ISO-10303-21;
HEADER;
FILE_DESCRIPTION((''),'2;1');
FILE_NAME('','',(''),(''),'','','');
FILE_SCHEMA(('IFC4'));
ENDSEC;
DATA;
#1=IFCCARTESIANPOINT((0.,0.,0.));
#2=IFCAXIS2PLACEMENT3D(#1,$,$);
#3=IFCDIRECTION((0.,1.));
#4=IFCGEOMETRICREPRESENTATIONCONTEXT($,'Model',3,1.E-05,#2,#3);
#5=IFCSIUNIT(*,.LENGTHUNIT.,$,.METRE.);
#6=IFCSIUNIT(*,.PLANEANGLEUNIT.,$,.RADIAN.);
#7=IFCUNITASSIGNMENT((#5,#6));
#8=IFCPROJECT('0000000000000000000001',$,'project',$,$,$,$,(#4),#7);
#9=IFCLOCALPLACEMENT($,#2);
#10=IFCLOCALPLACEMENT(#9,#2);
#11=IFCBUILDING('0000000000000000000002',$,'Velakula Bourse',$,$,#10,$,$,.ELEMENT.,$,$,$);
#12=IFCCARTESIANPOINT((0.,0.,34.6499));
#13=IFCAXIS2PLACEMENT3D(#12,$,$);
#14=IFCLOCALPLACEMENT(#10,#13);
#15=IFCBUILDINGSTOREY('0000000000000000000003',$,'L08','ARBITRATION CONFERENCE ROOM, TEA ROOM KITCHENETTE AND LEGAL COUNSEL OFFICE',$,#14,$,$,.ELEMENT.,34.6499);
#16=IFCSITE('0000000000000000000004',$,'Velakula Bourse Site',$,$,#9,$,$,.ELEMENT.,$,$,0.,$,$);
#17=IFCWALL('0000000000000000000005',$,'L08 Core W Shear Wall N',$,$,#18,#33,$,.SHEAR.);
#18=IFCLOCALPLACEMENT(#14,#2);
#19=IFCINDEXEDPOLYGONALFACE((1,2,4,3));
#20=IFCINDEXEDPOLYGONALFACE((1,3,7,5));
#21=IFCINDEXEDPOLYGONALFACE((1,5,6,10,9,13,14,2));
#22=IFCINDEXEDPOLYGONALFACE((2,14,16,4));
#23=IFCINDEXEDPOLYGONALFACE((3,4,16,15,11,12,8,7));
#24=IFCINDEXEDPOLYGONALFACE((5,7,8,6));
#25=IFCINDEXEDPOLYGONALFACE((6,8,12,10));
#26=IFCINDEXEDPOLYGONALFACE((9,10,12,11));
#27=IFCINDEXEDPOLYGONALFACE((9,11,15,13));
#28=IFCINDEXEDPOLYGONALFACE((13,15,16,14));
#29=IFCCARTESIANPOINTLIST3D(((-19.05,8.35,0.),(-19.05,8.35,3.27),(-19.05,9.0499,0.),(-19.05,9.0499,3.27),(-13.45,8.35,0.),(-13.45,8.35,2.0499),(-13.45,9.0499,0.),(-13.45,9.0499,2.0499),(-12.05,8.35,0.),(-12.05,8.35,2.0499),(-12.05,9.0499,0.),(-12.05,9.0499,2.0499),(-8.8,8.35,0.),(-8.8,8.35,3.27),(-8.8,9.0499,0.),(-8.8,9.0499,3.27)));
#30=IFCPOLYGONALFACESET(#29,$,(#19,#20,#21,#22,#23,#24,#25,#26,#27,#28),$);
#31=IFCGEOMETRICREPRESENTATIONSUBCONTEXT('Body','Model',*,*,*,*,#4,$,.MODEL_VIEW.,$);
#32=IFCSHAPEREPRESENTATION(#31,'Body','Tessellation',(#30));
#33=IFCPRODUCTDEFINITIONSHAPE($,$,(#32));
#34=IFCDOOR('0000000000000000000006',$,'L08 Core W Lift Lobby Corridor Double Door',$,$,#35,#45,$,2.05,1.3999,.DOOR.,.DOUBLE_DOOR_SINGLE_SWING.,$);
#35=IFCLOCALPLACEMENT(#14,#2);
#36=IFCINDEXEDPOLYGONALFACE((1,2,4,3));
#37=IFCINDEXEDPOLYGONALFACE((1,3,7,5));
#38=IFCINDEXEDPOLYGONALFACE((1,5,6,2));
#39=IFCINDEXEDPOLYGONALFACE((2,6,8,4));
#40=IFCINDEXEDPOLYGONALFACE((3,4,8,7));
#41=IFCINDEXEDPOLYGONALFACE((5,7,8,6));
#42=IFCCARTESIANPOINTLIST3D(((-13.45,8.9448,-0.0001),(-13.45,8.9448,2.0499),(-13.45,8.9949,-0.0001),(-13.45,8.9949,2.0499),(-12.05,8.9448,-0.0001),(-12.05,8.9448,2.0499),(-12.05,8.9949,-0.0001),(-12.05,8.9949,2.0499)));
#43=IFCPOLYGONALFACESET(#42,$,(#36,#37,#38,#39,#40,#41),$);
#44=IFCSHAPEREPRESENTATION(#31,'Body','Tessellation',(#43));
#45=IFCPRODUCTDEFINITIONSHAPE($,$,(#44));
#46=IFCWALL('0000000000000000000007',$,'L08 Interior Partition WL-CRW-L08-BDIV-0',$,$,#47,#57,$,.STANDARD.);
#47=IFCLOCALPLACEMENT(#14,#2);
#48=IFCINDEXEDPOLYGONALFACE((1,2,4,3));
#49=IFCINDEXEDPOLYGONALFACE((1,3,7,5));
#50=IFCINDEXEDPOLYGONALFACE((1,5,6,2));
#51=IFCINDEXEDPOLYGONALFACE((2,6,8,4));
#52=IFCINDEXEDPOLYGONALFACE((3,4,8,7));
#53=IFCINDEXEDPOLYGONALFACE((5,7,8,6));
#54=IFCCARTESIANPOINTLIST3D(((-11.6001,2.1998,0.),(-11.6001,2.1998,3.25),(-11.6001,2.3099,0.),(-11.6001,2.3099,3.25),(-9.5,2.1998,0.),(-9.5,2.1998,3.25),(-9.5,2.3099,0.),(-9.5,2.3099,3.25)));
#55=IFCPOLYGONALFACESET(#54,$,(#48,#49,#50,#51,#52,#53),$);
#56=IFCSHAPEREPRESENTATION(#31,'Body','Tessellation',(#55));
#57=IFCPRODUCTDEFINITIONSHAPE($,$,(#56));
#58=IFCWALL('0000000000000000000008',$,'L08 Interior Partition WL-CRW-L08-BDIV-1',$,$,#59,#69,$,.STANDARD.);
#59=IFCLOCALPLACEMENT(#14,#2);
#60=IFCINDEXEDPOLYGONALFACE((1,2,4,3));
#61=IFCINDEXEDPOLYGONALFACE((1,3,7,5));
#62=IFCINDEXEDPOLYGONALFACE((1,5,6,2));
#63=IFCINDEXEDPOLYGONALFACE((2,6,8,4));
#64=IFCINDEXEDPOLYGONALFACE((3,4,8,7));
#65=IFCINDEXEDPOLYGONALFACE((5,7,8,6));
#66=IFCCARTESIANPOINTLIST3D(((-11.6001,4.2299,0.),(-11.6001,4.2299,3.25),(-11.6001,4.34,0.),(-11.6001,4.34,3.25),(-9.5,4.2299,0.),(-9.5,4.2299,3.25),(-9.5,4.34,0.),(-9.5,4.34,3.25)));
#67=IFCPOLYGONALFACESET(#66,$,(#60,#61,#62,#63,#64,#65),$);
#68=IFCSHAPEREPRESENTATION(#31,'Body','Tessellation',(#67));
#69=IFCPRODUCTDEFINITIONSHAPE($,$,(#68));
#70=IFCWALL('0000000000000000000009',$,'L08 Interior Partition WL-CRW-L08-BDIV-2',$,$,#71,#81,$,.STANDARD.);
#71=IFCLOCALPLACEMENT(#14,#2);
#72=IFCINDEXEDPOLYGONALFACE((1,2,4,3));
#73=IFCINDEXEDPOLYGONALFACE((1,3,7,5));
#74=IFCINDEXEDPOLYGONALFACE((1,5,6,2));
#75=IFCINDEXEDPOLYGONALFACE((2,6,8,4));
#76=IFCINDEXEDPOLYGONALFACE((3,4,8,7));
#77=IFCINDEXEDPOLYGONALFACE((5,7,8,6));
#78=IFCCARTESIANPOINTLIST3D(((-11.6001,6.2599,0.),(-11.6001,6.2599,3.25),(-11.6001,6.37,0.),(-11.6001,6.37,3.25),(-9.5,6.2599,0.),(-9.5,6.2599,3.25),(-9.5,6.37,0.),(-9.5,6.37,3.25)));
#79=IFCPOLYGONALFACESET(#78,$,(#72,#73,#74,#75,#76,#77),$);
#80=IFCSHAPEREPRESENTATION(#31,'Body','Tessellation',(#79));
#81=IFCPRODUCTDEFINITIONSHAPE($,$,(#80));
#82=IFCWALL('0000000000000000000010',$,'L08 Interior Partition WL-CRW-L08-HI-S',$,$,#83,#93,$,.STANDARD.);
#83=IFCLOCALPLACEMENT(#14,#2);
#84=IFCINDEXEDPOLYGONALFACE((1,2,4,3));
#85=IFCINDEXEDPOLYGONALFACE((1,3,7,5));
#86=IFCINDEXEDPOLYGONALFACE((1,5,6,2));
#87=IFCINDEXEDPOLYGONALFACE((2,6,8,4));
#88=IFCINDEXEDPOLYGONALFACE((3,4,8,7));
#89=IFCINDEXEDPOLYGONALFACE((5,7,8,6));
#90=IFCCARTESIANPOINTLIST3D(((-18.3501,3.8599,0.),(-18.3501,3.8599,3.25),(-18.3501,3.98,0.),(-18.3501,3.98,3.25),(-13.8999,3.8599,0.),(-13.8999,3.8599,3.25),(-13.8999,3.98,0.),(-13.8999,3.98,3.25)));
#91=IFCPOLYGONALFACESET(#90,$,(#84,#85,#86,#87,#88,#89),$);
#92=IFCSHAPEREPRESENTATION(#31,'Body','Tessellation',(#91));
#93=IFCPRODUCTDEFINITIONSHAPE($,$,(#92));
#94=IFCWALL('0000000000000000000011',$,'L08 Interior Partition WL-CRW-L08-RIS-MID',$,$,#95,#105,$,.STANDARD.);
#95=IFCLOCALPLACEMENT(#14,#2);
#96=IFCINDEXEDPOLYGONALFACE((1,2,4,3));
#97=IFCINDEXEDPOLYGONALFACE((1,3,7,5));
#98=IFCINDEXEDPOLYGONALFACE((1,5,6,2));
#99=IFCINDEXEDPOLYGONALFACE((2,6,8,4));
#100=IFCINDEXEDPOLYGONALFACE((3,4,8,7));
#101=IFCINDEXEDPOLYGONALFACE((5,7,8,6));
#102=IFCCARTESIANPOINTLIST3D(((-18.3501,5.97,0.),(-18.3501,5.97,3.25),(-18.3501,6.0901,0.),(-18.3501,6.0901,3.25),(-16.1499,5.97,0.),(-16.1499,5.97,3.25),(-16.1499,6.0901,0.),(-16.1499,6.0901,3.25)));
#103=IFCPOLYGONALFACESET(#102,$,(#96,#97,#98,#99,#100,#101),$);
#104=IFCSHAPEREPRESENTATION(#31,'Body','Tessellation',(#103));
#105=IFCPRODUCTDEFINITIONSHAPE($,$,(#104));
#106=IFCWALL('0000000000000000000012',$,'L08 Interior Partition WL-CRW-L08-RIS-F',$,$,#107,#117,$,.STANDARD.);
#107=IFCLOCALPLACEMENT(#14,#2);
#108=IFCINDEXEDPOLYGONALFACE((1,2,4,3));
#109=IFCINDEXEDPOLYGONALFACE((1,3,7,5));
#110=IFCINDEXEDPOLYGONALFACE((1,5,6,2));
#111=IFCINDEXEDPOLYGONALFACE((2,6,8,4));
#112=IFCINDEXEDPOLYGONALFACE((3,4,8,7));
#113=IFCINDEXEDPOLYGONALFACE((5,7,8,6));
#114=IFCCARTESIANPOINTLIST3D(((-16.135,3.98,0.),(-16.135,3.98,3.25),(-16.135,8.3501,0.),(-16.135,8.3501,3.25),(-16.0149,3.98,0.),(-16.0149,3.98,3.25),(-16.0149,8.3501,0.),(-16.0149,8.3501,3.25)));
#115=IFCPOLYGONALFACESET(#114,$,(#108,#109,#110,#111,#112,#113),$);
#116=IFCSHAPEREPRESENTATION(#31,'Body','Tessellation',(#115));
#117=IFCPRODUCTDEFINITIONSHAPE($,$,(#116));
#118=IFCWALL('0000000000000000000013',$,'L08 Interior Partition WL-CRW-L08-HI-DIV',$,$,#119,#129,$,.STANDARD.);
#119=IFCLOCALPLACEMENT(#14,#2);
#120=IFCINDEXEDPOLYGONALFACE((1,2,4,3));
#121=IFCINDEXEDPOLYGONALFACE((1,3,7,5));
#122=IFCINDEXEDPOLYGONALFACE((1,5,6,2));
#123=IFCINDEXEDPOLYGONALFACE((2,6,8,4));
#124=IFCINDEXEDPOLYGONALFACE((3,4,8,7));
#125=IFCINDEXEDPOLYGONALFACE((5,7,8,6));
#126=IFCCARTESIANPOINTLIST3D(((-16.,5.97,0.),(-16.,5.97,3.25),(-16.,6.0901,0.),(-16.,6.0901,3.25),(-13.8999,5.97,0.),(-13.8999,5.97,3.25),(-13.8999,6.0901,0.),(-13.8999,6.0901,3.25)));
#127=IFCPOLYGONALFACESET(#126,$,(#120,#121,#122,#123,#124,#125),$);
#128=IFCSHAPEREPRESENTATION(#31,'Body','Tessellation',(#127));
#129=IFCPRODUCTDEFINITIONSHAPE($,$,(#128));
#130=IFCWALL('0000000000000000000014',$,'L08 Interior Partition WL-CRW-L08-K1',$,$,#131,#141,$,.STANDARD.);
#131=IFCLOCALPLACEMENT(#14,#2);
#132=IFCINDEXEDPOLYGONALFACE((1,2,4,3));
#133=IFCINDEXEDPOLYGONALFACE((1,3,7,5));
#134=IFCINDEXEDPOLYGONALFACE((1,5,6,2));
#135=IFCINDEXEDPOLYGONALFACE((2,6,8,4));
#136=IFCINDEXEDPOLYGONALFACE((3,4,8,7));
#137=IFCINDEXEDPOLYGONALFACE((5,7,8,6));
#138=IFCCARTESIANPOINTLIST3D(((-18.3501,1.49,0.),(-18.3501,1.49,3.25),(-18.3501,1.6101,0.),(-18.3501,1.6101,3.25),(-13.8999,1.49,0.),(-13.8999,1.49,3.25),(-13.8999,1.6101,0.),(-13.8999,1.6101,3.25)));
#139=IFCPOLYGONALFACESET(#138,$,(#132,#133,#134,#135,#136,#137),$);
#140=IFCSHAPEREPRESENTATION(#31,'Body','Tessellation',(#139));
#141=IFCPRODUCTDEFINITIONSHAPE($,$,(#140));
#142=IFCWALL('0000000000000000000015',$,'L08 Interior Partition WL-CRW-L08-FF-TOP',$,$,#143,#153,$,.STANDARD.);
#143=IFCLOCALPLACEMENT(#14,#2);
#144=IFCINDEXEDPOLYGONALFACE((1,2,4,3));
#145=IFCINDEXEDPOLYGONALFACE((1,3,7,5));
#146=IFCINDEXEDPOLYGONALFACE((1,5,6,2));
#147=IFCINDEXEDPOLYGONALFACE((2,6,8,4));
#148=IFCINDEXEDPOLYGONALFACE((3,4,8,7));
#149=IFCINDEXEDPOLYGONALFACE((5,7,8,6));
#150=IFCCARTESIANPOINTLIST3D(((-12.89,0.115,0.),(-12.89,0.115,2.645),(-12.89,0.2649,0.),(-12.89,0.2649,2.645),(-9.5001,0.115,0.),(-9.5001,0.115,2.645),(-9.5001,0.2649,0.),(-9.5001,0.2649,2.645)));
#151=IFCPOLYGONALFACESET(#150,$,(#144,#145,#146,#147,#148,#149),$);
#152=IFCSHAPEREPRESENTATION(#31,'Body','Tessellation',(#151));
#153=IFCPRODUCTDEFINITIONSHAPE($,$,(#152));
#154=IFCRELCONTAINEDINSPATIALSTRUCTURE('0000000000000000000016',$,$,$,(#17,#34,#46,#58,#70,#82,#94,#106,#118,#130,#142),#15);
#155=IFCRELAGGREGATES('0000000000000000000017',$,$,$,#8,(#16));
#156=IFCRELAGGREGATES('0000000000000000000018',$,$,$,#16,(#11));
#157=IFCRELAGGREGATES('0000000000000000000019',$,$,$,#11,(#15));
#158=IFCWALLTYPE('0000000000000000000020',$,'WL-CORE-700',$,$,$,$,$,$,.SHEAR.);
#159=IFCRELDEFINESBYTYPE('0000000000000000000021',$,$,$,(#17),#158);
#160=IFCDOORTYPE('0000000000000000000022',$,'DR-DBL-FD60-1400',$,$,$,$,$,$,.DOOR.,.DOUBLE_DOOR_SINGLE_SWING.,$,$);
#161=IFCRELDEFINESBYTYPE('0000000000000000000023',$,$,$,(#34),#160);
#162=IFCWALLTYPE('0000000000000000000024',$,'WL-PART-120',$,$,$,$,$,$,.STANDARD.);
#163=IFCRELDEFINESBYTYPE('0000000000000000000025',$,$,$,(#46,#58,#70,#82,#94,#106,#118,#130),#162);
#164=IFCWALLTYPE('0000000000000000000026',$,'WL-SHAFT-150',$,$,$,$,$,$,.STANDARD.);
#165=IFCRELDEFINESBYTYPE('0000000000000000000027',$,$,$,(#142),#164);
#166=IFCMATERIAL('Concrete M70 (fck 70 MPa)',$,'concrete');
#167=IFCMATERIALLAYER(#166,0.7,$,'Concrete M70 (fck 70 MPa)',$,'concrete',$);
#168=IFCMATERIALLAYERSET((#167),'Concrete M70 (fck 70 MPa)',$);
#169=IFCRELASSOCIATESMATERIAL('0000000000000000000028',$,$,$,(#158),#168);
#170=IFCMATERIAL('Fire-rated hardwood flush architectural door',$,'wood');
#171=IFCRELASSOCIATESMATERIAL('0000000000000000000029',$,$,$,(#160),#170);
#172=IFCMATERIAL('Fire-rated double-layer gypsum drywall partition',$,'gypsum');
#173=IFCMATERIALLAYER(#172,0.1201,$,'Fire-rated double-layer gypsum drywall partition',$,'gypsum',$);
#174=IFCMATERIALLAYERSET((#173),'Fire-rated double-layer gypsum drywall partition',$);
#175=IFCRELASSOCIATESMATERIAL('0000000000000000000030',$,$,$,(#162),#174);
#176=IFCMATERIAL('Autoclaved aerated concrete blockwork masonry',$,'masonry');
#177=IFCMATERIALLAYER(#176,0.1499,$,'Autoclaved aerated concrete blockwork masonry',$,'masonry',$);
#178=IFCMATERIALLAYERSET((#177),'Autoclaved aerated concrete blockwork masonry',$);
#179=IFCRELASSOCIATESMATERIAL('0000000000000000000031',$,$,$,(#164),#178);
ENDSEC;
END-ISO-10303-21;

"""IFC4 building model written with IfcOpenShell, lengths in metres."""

from ifc_helpers import new_model, si_unit, direction, frame, frame_2d, origin, place, context, subcontext, project, spatial, rectangle, extrude, material, layer, layer_set, type_object, element, fill, save


model = new_model("IFC4")

# Units and contexts
model_context = context("Model", 3, precision=1e-05, world=origin(), true_north=direction((0.0, 1.0)))
body_context = subcontext(model_context, "Body", "Model", "MODEL_VIEW")
ifc_project = project(units=[si_unit("LENGTHUNIT", "METRE"), si_unit("PLANEANGLEUNIT", "RADIAN")], contexts=[model_context])

# Site, building, storey
site_placement = place(None, origin())
site = spatial("IfcSite", under=ifc_project, at=site_placement, Name="Velakula Bourse Site", CompositionType="ELEMENT", RefElevation=0.0)
building_placement = place(site_placement, origin())
building = spatial("IfcBuilding", under=site, at=building_placement, Name="Velakula Bourse", CompositionType="ELEMENT")
storey_placement = place(building_placement, frame((0.0, 0.0, 34.6499)))
storey = spatial("IfcBuildingStorey", under=building, at=storey_placement, Name="L08", Description="ARBITRATION CONFERENCE ROOM, TEA ROOM KITCHENETTE AND LEGAL COUNSEL OFFICE", CompositionType="ELEMENT", Elevation=34.6499)

# Shared definitions
ifc_material_1 = material(Name="Concrete M70 (fck 70 MPa)", Category="concrete")

# Wall, opening, door
ifc_layer_1 = layer(ifc_material_1, 0.7, Name="Concrete M70 (fck 70 MPa)", Category="concrete")
ifc_layer_set_1 = layer_set([ifc_layer_1], Name="Concrete M70 (fck 70 MPa)")
wall_type_1 = type_object("IfcWallType", Name="WL-CORE-700", PredefinedType="SHEAR", material=ifc_layer_set_1)
wall_1_placement = place(storey_placement, frame((-19.05, 8.7, 0.0), z_axis=(0.0, 0.0, 1.0), x_axis=(1.0, 0.0, 0.0)))
wall_1 = element("IfcWall", 1, at=wall_1_placement, inside=storey, type_object=wall_type_1, Name="L08 Core W Shear Wall N", PredefinedType="SHEAR", context=body_context, shape_type="SweptSolid", body=[
    extrude(rectangle(XDim=10.25, YDim=0.7, at=frame_2d((5.125, 0.0))), origin(), (0.0, 0.0, 1.0), 3.27),
])
opening_1_placement = place(wall_1_placement, frame((5.6001, 0.0, 0.0)))
opening_1 = element("IfcOpeningElement", 2, at=opening_1_placement, cuts=wall_1, PredefinedType="OPENING", context=body_context, shape_type="SweptSolid", body=[
    extrude(rectangle(XDim=1.3999, YDim=2.05, at=frame_2d((0.7, 1.0249))), frame((0.0, 0.3599, 0.0), z_axis=(0.0, -1.0, 0.0), x_axis=(1.0, 0.0, 0.0)), (0.0, 0.0, 1.0), 0.72),
])
ifc_material_2 = material(Name="Fire-rated hardwood flush architectural door", Category="wood")
door_type_1 = type_object("IfcDoorType", Name="DR-DBL-FD60-1400", OperationType="DOUBLE_DOOR_SINGLE_SWING", PredefinedType="DOOR", material=ifc_material_2)
door_1_placement = place(opening_1_placement, origin())
door_1 = element("IfcDoor", 3, at=door_1_placement, inside=storey, type_object=door_type_1, Name="L08 Core W Lift Lobby Corridor Double Door", OperationType="DOUBLE_DOOR_SINGLE_SWING", OverallHeight=2.05, OverallWidth=1.3999, PredefinedType="DOOR", context=body_context, shape_type="SweptSolid", body=[
    extrude(rectangle(XDim=1.3999, YDim=2.05, at=frame_2d((0.7, 1.0249))), frame((0.0, 0.2949, 0.0), z_axis=(0.0, -1.0, 0.0), x_axis=(1.0, 0.0, 0.0)), (0.0, 0.0, 1.0), 0.05),
])
fill(opening_1, door_1)

# Walls
ifc_material_3 = material(Name="Fire-rated double-layer gypsum drywall partition", Category="gypsum")
ifc_layer_2 = layer(ifc_material_3, 0.1201, Name="Fire-rated double-layer gypsum drywall partition", Category="gypsum")
ifc_layer_set_2 = layer_set([ifc_layer_2], Name="Fire-rated double-layer gypsum drywall partition")
wall_type_2 = type_object("IfcWallType", Name="WL-PART-120", PredefinedType="STANDARD", material=ifc_layer_set_2)
for number, where, z_axis, x_axis, name in (
    (4, (-11.6001, 2.2549, 0.0), (0.0, 0.0, 1.0), (1.0, 0.0, 0.0), "L08 Interior Partition WL-CRW-L08-BDIV-0"),
    (5, (-11.6001, 4.2849, 0.0), (0.0, 0.0, 1.0), (1.0, 0.0, 0.0), "L08 Interior Partition WL-CRW-L08-BDIV-1"),
    (6, (-11.6001, 6.3149, 0.0), (0.0, 0.0, 1.0), (1.0, 0.0, 0.0), "L08 Interior Partition WL-CRW-L08-BDIV-2"),
):
    element("IfcWall", number, at=place(storey_placement, frame(where, z_axis=z_axis, x_axis=x_axis)), inside=storey, type_object=wall_type_2, Name=name, PredefinedType="STANDARD", context=body_context, shape_type="SweptSolid", body=[
        extrude(rectangle(XDim=2.1001, YDim=0.1101, at=frame_2d((1.05, 0.0))), origin(), (0.0, 0.0, 1.0), 3.25),
    ])
wall_2_placement = place(storey_placement, frame((-18.3501, 3.9199, 0.0), z_axis=(0.0, 0.0, 1.0), x_axis=(1.0, 0.0, 0.0)))
element("IfcWall", 7, at=wall_2_placement, inside=storey, type_object=wall_type_2, Name="L08 Interior Partition WL-CRW-L08-HI-S", PredefinedType="STANDARD", context=body_context, shape_type="SweptSolid", body=[
    extrude(rectangle(XDim=4.4502, YDim=0.1201, at=frame_2d((2.2251, 0.0))), origin(), (0.0, 0.0, 1.0), 3.25),
])
wall_3_placement = place(storey_placement, frame((-18.3501, 6.03, 0.0), z_axis=(0.0, 0.0, 1.0), x_axis=(1.0, 0.0, 0.0)))
element("IfcWall", 8, at=wall_3_placement, inside=storey, type_object=wall_type_2, Name="L08 Interior Partition WL-CRW-L08-RIS-MID", PredefinedType="STANDARD", context=body_context, shape_type="SweptSolid", body=[
    extrude(rectangle(XDim=2.2002, YDim=0.1201, at=frame_2d((1.1001, 0.0))), origin(), (0.0, 0.0, 1.0), 3.25),
])
wall_4_placement = place(storey_placement, frame((-16.075, 3.98, 0.0), z_axis=(0.0, 0.0, 1.0), x_axis=(0.0, 1.0, 0.0)))
element("IfcWall", 9, at=wall_4_placement, inside=storey, type_object=wall_type_2, Name="L08 Interior Partition WL-CRW-L08-RIS-F", PredefinedType="STANDARD", context=body_context, shape_type="SweptSolid", body=[
    extrude(rectangle(XDim=4.3701, YDim=0.1201, at=frame_2d((2.1851, 0.0))), origin(), (0.0, 0.0, 1.0), 3.25),
])
wall_5_placement = place(storey_placement, frame((-16.0, 6.03, 0.0), z_axis=(0.0, 0.0, 1.0), x_axis=(1.0, 0.0, 0.0)))
element("IfcWall", 10, at=wall_5_placement, inside=storey, type_object=wall_type_2, Name="L08 Interior Partition WL-CRW-L08-HI-DIV", PredefinedType="STANDARD", context=body_context, shape_type="SweptSolid", body=[
    extrude(rectangle(XDim=2.1001, YDim=0.1201, at=frame_2d((1.05, 0.0))), origin(), (0.0, 0.0, 1.0), 3.25),
])
wall_6_placement = place(storey_placement, frame((-18.3501, 1.55, 0.0), z_axis=(0.0, 0.0, 1.0), x_axis=(1.0, 0.0, 0.0)))
element("IfcWall", 11, at=wall_6_placement, inside=storey, type_object=wall_type_2, Name="L08 Interior Partition WL-CRW-L08-K1", PredefinedType="STANDARD", context=body_context, shape_type="SweptSolid", body=[
    extrude(rectangle(XDim=4.4502, YDim=0.1201, at=frame_2d((2.2251, 0.0))), origin(), (0.0, 0.0, 1.0), 3.25),
])
ifc_material_4 = material(Name="Autoclaved aerated concrete blockwork masonry", Category="masonry")
ifc_layer_3 = layer(ifc_material_4, 0.1499, Name="Autoclaved aerated concrete blockwork masonry", Category="masonry")
ifc_layer_set_3 = layer_set([ifc_layer_3], Name="Autoclaved aerated concrete blockwork masonry")
wall_type_3 = type_object("IfcWallType", Name="WL-SHAFT-150", PredefinedType="STANDARD", material=ifc_layer_set_3)
wall_7_placement = place(storey_placement, frame((-12.8899, 0.1899, 0.0), z_axis=(0.0, 0.0, 1.0), x_axis=(1.0, 0.0, 0.0)))
element("IfcWall", 12, at=wall_7_placement, inside=storey, type_object=wall_type_3, Name="L08 Interior Partition WL-CRW-L08-FF-TOP", PredefinedType="STANDARD", context=body_context, shape_type="SweptSolid", body=[
    extrude(rectangle(XDim=3.3899, YDim=0.1499, at=frame_2d((1.6948, 0.0))), origin(), (0.0, 0.0, 1.0), 2.645),
])

save(model, "model.ifc")
